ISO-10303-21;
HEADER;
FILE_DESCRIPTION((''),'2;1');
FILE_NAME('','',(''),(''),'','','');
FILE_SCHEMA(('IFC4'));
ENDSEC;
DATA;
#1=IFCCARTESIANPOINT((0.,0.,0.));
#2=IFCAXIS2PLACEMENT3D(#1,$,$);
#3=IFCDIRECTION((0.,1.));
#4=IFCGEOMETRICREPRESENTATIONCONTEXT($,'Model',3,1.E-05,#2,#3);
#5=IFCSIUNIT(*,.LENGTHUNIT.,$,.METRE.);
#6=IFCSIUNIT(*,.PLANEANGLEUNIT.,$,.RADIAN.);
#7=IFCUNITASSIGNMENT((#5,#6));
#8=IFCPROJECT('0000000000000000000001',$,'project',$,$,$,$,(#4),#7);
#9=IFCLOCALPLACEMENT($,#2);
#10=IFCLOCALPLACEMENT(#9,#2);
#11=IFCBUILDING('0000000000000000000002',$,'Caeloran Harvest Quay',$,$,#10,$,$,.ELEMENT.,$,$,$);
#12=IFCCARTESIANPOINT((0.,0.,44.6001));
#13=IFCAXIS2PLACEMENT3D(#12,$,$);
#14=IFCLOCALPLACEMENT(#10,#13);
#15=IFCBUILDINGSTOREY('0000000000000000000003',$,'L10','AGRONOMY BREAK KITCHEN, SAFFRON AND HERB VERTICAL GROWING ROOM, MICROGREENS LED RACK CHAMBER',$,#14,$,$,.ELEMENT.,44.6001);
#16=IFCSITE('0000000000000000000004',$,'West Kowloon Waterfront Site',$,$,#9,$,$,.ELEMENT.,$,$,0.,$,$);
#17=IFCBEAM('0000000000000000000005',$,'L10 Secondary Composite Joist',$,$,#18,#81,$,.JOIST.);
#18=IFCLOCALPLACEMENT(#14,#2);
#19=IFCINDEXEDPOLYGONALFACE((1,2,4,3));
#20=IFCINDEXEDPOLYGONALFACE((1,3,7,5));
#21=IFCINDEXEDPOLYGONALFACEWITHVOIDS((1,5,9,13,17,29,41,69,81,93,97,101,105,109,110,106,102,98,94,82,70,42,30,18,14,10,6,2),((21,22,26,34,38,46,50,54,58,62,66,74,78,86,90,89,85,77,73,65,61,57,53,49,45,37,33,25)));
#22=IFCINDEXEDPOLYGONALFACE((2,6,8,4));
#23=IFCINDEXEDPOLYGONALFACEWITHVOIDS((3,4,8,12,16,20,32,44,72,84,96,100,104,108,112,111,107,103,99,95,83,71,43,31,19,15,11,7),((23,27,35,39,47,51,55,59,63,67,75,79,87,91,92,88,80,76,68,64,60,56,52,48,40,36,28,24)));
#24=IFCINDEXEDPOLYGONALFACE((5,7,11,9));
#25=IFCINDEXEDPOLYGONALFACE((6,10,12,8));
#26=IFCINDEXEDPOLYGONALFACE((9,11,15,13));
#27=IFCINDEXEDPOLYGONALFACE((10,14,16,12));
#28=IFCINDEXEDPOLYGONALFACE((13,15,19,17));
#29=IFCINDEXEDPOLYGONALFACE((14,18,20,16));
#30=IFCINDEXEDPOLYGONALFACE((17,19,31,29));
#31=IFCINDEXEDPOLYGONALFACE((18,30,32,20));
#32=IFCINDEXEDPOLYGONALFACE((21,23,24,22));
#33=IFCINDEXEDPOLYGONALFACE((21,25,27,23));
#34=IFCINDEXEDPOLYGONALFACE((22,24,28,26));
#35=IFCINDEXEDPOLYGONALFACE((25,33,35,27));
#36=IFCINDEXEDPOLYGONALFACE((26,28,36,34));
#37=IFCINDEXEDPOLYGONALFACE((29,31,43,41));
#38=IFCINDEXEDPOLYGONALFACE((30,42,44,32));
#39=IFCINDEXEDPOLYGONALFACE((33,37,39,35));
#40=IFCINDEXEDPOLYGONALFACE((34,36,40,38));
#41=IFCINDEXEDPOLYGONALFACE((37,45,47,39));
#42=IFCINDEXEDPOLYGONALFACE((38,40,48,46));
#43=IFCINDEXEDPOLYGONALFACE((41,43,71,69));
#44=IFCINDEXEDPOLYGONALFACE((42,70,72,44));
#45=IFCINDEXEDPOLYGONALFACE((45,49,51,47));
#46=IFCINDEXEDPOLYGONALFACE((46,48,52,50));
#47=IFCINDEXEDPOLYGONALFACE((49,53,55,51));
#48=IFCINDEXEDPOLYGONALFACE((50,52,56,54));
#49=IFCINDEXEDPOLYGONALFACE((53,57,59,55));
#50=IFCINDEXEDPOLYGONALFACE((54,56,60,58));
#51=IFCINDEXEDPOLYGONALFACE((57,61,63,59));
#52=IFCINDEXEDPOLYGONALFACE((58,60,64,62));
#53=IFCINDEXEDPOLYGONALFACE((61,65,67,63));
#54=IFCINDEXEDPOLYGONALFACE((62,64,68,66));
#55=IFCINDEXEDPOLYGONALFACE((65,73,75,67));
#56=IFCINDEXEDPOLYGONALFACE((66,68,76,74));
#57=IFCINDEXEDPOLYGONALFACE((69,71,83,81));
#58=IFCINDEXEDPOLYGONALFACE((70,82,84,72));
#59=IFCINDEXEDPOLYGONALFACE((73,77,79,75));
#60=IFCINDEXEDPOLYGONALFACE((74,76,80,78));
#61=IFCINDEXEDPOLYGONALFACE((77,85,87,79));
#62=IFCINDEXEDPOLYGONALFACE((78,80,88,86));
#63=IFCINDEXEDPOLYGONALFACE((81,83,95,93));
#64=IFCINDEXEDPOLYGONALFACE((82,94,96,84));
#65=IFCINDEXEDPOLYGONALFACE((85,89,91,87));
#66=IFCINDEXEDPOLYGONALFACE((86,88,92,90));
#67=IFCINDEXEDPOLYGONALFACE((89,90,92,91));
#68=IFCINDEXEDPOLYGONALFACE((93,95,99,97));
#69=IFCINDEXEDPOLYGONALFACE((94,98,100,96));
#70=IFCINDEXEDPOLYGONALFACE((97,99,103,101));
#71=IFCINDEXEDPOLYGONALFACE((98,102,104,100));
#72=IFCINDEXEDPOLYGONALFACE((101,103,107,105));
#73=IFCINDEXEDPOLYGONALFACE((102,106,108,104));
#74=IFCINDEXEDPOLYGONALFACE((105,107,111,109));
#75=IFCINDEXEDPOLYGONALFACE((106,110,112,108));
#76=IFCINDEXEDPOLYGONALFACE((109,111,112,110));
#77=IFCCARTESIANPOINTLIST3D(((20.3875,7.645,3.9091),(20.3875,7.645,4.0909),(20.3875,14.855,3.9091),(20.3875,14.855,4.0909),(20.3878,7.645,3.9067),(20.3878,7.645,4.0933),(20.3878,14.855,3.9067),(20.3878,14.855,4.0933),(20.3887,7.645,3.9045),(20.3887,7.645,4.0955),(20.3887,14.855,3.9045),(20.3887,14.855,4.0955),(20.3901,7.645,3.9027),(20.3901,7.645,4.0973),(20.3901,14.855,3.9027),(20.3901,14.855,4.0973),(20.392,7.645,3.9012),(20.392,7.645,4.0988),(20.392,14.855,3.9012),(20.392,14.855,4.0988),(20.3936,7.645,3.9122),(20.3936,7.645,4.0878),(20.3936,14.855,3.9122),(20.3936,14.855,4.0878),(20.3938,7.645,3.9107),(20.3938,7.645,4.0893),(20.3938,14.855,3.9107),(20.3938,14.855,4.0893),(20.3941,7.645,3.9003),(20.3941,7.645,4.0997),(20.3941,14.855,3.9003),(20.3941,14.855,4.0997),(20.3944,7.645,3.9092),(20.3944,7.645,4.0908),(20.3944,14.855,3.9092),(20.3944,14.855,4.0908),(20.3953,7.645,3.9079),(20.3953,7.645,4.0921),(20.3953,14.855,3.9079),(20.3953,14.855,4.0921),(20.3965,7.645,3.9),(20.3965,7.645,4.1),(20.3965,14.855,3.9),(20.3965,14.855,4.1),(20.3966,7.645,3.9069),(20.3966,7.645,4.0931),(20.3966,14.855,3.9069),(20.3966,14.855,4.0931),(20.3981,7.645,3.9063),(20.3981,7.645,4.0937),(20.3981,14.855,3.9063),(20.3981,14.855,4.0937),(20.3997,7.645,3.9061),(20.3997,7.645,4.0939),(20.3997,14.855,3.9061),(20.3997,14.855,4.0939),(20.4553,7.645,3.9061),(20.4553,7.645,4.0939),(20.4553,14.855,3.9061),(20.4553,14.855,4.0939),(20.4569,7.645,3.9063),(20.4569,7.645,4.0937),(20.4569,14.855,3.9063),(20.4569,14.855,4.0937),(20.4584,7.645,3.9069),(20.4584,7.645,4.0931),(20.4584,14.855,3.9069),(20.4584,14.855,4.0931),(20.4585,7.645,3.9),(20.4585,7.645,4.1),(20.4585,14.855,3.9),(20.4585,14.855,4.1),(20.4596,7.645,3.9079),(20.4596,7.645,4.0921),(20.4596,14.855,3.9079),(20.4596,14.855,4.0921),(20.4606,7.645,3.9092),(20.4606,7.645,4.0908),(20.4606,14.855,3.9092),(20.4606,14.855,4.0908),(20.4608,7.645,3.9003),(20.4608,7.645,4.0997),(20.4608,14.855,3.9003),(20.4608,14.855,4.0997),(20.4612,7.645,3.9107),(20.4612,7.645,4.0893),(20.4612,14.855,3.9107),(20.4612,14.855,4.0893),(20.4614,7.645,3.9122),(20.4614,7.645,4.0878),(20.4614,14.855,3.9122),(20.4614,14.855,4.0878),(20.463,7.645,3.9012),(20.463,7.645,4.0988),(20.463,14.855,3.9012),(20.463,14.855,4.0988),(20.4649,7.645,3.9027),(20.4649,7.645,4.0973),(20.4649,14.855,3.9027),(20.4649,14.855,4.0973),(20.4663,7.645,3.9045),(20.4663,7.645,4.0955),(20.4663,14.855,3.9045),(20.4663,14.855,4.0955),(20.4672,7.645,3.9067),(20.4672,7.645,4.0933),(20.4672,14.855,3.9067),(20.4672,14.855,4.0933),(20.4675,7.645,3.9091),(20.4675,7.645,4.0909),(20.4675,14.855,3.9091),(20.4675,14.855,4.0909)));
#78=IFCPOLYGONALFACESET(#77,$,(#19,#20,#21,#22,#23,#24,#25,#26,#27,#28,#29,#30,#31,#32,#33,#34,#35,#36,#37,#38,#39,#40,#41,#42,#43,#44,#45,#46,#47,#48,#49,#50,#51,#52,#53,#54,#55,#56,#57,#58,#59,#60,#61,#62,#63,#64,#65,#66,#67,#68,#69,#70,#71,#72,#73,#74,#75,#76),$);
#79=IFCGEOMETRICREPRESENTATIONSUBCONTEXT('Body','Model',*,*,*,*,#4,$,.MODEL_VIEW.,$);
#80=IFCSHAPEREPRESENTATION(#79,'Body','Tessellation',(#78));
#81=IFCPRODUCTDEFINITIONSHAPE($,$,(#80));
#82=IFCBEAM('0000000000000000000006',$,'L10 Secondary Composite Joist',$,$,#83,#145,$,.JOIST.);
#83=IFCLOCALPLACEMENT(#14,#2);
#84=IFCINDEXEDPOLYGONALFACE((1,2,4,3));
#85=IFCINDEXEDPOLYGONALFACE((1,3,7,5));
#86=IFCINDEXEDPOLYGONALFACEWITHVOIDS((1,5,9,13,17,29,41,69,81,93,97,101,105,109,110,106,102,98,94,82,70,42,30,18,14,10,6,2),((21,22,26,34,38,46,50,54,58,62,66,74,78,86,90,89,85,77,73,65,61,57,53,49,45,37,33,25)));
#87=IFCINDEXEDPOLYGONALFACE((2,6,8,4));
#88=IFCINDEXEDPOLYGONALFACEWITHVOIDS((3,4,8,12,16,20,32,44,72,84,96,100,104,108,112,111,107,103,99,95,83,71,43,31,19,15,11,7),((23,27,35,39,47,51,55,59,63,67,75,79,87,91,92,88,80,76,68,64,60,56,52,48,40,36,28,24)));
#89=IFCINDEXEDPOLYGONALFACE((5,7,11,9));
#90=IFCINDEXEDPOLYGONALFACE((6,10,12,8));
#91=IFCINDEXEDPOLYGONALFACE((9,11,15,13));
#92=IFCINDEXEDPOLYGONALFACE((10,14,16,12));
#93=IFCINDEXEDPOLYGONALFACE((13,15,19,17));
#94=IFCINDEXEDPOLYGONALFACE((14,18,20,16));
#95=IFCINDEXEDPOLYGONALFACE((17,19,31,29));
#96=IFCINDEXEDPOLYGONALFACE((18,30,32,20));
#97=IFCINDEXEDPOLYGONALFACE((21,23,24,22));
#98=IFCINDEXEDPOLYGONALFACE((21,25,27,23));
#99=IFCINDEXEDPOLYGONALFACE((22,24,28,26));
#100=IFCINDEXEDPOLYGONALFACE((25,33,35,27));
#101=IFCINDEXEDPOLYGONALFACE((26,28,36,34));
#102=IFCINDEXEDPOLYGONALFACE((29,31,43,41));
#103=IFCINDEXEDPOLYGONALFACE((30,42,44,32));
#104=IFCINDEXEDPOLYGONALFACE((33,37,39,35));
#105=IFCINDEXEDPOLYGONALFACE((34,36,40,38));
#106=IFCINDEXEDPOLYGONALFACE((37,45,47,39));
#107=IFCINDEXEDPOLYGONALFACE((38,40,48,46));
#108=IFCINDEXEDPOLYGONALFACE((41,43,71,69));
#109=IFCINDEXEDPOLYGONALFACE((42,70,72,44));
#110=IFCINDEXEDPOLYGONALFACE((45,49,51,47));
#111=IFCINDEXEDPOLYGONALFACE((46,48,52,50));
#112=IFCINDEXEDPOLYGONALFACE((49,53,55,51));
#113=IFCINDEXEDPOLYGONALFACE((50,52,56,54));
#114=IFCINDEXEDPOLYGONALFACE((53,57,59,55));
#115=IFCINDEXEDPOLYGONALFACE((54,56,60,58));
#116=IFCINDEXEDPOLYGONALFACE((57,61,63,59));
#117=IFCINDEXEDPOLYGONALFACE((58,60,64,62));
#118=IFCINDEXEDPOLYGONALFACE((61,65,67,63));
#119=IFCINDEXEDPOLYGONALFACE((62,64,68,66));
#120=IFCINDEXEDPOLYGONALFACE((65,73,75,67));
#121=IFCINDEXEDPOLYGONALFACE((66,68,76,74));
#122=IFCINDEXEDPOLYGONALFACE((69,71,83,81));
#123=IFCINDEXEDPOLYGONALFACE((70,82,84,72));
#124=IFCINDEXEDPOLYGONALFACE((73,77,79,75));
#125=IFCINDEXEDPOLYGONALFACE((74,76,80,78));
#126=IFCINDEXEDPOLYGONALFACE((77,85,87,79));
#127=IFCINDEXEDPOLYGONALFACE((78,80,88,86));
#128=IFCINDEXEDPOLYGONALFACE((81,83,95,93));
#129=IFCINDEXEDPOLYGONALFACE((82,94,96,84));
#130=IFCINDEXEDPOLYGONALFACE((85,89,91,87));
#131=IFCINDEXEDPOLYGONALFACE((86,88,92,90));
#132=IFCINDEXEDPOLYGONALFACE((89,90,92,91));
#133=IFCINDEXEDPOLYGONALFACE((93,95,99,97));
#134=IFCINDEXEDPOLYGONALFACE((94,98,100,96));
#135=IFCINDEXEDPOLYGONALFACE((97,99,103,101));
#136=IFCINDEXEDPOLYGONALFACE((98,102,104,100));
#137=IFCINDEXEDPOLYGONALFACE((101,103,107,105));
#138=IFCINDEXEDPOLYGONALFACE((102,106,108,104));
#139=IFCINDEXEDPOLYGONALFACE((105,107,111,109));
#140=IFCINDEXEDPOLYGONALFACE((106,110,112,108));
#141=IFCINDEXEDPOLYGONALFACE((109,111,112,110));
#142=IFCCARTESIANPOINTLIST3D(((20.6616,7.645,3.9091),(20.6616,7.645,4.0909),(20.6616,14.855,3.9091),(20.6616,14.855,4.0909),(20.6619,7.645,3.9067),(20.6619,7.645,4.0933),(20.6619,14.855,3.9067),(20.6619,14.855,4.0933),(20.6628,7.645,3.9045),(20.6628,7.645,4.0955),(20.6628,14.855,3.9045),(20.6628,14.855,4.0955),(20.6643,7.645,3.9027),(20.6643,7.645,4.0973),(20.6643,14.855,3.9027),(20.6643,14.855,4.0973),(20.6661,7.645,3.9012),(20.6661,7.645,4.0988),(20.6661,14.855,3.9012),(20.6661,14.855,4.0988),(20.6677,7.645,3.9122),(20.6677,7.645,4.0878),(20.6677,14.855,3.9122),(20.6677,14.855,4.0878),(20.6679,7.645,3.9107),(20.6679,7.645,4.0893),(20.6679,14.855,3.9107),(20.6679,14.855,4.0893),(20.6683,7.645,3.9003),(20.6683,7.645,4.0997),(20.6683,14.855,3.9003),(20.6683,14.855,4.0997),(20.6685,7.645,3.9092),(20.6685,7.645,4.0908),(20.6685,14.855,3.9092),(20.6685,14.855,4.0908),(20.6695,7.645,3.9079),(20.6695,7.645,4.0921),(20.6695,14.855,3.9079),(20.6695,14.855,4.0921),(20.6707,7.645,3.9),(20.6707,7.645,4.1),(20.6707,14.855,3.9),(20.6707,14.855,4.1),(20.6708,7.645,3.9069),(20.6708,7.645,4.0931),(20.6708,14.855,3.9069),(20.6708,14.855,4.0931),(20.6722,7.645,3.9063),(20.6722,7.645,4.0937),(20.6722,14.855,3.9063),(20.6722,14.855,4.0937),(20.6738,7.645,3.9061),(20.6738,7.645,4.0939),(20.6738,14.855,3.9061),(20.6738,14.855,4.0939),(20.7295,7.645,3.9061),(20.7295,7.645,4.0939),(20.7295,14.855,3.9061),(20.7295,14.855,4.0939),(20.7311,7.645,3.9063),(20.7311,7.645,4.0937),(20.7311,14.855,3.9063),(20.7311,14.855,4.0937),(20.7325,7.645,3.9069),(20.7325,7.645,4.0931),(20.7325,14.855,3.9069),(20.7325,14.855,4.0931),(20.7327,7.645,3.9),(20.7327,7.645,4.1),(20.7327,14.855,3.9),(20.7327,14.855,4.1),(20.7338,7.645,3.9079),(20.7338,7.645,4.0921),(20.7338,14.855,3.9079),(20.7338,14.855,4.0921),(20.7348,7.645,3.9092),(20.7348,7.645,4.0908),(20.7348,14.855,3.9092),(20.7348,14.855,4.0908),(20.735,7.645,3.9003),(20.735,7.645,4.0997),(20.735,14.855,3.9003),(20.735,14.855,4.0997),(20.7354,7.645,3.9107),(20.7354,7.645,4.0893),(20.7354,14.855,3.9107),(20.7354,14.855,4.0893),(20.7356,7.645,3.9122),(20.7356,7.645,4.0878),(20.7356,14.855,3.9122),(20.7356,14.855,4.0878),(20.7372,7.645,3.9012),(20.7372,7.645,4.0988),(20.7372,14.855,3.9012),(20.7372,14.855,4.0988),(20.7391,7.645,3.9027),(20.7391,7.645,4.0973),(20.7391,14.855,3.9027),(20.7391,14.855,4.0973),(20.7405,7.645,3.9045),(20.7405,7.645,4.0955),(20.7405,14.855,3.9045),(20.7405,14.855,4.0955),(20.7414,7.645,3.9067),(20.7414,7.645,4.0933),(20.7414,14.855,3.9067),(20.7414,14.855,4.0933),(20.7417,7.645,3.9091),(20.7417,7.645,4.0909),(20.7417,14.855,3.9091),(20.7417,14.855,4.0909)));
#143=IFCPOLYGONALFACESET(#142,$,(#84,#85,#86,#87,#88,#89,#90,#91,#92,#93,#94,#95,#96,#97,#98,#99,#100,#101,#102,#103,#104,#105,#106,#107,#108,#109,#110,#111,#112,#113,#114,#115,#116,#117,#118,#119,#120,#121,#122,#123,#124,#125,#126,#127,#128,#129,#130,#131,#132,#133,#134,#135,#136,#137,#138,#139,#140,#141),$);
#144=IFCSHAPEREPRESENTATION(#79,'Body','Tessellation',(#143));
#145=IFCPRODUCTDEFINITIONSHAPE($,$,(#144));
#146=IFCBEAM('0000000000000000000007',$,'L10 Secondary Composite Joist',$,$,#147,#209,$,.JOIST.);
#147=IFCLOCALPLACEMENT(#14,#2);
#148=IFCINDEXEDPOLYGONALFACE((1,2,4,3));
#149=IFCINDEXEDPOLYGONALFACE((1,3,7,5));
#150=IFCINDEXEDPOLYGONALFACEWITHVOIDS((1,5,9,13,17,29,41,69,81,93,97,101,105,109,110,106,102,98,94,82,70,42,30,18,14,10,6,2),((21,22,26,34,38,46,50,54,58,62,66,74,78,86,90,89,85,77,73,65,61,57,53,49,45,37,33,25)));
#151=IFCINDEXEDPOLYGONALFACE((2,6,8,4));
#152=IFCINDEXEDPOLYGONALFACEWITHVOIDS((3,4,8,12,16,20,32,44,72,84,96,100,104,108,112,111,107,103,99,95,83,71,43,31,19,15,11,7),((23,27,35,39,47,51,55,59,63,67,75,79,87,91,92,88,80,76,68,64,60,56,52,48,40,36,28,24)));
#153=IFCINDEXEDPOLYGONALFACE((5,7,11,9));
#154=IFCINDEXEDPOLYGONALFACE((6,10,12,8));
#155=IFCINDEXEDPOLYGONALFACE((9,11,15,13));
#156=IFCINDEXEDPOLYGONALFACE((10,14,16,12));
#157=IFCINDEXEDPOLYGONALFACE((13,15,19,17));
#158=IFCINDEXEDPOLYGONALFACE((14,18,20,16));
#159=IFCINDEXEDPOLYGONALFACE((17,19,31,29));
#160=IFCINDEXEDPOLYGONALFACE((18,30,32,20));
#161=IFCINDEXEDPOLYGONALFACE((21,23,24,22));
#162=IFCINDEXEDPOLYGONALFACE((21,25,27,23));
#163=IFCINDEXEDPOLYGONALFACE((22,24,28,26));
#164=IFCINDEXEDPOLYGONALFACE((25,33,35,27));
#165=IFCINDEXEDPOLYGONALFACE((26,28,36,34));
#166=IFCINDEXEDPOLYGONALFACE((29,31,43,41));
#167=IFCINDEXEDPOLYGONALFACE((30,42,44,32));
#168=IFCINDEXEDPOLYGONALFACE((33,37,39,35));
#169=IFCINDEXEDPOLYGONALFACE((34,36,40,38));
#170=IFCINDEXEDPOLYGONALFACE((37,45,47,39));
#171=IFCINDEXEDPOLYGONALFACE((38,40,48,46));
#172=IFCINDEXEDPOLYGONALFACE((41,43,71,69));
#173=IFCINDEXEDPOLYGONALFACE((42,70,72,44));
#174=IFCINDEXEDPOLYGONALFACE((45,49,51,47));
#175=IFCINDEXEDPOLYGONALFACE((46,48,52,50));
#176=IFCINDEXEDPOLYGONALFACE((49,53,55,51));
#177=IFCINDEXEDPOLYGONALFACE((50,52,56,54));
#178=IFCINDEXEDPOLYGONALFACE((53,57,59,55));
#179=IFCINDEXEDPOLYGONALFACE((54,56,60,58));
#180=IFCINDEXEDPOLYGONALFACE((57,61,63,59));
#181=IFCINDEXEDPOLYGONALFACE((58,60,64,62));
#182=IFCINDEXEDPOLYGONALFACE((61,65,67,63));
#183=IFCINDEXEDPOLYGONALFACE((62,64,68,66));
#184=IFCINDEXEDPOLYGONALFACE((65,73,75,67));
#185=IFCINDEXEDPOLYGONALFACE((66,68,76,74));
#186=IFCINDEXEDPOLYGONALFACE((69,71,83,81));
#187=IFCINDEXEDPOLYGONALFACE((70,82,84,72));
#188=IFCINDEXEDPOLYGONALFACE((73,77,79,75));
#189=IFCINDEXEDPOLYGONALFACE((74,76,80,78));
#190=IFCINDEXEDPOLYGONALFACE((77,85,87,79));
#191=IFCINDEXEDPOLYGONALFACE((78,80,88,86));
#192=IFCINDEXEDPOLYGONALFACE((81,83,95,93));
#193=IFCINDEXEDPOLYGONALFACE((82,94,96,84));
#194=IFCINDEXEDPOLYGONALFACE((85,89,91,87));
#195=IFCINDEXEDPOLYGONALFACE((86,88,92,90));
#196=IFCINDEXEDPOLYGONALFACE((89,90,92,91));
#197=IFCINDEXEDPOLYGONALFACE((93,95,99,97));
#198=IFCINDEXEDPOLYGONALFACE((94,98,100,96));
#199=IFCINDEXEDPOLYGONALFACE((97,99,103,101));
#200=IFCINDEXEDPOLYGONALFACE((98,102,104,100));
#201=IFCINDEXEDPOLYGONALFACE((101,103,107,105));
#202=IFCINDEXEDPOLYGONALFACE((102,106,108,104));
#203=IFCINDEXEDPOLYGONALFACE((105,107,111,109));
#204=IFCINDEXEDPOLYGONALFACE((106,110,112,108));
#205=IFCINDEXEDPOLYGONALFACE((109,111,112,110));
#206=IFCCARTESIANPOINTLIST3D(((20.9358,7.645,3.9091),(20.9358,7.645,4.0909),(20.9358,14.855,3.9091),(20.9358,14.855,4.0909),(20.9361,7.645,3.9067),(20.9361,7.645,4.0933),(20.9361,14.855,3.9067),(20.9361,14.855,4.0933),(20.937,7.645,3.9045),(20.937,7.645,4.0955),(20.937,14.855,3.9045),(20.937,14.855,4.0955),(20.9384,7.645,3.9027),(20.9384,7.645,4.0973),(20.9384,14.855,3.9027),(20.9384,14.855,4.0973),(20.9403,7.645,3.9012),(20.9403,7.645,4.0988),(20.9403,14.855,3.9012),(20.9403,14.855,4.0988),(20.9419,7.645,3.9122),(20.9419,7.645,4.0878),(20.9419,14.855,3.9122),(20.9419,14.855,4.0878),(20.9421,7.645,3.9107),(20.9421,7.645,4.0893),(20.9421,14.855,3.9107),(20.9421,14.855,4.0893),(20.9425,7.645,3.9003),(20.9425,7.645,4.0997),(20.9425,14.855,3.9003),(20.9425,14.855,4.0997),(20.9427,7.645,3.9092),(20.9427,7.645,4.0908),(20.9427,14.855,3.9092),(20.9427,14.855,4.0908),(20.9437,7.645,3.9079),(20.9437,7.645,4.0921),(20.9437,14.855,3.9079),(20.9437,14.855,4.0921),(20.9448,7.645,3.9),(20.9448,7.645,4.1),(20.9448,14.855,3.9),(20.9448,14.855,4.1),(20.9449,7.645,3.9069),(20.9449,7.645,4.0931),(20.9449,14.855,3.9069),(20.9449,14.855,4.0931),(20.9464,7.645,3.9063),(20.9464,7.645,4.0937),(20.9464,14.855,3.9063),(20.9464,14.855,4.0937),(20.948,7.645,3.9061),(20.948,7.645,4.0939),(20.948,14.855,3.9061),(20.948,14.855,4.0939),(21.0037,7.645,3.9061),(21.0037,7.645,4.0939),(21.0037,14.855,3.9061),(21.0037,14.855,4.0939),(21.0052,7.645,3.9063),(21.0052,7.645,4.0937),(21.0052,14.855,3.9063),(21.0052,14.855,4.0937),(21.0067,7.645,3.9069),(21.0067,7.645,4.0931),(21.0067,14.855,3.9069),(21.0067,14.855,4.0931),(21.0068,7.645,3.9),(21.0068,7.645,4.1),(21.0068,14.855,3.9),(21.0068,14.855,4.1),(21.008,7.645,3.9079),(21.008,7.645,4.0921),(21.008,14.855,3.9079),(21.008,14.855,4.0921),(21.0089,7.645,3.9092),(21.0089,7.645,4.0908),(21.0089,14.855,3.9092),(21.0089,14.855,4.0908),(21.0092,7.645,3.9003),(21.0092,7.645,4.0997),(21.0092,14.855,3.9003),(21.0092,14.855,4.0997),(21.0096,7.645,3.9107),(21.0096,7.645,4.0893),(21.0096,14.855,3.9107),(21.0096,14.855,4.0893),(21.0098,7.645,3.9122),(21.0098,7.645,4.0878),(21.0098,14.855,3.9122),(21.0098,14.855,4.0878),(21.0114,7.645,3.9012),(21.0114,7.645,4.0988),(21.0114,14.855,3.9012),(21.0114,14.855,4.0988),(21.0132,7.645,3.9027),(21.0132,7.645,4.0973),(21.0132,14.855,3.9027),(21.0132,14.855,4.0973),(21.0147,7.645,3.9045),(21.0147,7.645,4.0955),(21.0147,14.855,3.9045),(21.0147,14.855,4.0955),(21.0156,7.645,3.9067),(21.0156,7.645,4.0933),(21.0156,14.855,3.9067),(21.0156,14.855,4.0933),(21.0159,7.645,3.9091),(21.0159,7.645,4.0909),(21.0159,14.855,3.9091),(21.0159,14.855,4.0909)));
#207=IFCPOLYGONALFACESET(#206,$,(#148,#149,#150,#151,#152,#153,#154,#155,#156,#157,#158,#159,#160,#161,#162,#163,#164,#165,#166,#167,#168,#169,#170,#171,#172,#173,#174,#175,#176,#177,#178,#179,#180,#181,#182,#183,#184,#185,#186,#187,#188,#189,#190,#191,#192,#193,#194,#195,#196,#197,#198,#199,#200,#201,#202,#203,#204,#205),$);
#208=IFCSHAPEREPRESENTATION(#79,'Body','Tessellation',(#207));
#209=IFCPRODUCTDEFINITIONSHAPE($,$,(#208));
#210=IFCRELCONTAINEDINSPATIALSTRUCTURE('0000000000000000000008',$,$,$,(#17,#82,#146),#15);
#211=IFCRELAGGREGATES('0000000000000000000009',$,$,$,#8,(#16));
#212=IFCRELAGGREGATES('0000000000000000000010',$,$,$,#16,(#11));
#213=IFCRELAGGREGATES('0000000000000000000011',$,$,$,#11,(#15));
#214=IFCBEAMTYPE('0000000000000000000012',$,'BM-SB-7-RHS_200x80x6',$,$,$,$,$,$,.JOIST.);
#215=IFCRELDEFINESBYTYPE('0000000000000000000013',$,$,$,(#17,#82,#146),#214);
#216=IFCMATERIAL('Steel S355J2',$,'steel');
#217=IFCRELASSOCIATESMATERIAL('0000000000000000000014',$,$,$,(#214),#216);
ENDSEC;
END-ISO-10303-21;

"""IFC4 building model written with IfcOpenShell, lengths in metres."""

from ifc_helpers import new_model, si_unit, direction, frame, origin, origin_2d, place, context, subcontext, project, spatial, hollow_rectangle, extrude, material, material_profile, profile_set, type_object, element, save


model = new_model("IFC4")

# Units and contexts
model_context = context("Model", 3, precision=1e-05, world=origin(), true_north=direction((0.0, 1.0)))
body_context = subcontext(model_context, "Body", "Model", "MODEL_VIEW")
ifc_project = project(units=[si_unit("LENGTHUNIT", "METRE"), si_unit("PLANEANGLEUNIT", "RADIAN")], contexts=[model_context])

# Site, building, storey
site_placement = place(None, origin())
site = spatial("IfcSite", under=ifc_project, at=site_placement, Name="West Kowloon Waterfront Site", CompositionType="ELEMENT", RefElevation=0.0)
building_placement = place(site_placement, origin())
building = spatial("IfcBuilding", under=site, at=building_placement, Name="Caeloran Harvest Quay", CompositionType="ELEMENT")
storey_placement = place(building_placement, frame((0.0, 0.0, 44.6001)))
storey = spatial("IfcBuildingStorey", under=building, at=storey_placement, Name="L10", Description="AGRONOMY BREAK KITCHEN, SAFFRON AND HERB VERTICAL GROWING ROOM, MICROGREENS LED RACK CHAMBER", CompositionType="ELEMENT", Elevation=44.6001)

# Beams
ifc_material_1 = material(Name="Steel S355J2", Category="steel")
ifc_material_profile_1 = material_profile(ifc_material_1, hollow_rectangle(XDim=0.0801, YDim=0.2, WallThickness=0.0061, InnerFilletRadius=0.0061, OuterFilletRadius=0.009, at=origin_2d()), Name="RHS 200x80x6")
ifc_profile_set_1 = profile_set([ifc_material_profile_1], Name="Steel S355J2")
beam_type_1 = type_object("IfcBeamType", Name="BM-SB-7-RHS_200x80x6", PredefinedType="JOIST", material=ifc_profile_set_1)
for number, where, z_axis, x_axis, name in (
    (1, (20.4275, 7.645, 4.0), (0.0, 1.0, 0.0), (-1.0, 0.0, 0.0), "L10 Secondary Composite Joist"),
    (2, (20.7017, 7.645, 4.0), (0.0, 1.0, 0.0), (-1.0, 0.0, 0.0), "L10 Secondary Composite Joist"),
    (3, (20.9758, 7.645, 4.0), (0.0, 1.0, 0.0), (-1.0, 0.0, 0.0), "L10 Secondary Composite Joist"),
):
    element("IfcBeam", number, at=place(storey_placement, frame(where, z_axis=z_axis, x_axis=x_axis)), inside=storey, type_object=beam_type_1, Name=name, PredefinedType="JOIST", context=body_context, shape_type="SweptSolid", body=[
        extrude(hollow_rectangle(XDim=0.0801, YDim=0.2, WallThickness=0.0061, InnerFilletRadius=0.0061, OuterFilletRadius=0.009, at=origin_2d()), origin(), (0.0, 0.0, 1.0), 7.21),
    ])

save(model, "model.ifc")
